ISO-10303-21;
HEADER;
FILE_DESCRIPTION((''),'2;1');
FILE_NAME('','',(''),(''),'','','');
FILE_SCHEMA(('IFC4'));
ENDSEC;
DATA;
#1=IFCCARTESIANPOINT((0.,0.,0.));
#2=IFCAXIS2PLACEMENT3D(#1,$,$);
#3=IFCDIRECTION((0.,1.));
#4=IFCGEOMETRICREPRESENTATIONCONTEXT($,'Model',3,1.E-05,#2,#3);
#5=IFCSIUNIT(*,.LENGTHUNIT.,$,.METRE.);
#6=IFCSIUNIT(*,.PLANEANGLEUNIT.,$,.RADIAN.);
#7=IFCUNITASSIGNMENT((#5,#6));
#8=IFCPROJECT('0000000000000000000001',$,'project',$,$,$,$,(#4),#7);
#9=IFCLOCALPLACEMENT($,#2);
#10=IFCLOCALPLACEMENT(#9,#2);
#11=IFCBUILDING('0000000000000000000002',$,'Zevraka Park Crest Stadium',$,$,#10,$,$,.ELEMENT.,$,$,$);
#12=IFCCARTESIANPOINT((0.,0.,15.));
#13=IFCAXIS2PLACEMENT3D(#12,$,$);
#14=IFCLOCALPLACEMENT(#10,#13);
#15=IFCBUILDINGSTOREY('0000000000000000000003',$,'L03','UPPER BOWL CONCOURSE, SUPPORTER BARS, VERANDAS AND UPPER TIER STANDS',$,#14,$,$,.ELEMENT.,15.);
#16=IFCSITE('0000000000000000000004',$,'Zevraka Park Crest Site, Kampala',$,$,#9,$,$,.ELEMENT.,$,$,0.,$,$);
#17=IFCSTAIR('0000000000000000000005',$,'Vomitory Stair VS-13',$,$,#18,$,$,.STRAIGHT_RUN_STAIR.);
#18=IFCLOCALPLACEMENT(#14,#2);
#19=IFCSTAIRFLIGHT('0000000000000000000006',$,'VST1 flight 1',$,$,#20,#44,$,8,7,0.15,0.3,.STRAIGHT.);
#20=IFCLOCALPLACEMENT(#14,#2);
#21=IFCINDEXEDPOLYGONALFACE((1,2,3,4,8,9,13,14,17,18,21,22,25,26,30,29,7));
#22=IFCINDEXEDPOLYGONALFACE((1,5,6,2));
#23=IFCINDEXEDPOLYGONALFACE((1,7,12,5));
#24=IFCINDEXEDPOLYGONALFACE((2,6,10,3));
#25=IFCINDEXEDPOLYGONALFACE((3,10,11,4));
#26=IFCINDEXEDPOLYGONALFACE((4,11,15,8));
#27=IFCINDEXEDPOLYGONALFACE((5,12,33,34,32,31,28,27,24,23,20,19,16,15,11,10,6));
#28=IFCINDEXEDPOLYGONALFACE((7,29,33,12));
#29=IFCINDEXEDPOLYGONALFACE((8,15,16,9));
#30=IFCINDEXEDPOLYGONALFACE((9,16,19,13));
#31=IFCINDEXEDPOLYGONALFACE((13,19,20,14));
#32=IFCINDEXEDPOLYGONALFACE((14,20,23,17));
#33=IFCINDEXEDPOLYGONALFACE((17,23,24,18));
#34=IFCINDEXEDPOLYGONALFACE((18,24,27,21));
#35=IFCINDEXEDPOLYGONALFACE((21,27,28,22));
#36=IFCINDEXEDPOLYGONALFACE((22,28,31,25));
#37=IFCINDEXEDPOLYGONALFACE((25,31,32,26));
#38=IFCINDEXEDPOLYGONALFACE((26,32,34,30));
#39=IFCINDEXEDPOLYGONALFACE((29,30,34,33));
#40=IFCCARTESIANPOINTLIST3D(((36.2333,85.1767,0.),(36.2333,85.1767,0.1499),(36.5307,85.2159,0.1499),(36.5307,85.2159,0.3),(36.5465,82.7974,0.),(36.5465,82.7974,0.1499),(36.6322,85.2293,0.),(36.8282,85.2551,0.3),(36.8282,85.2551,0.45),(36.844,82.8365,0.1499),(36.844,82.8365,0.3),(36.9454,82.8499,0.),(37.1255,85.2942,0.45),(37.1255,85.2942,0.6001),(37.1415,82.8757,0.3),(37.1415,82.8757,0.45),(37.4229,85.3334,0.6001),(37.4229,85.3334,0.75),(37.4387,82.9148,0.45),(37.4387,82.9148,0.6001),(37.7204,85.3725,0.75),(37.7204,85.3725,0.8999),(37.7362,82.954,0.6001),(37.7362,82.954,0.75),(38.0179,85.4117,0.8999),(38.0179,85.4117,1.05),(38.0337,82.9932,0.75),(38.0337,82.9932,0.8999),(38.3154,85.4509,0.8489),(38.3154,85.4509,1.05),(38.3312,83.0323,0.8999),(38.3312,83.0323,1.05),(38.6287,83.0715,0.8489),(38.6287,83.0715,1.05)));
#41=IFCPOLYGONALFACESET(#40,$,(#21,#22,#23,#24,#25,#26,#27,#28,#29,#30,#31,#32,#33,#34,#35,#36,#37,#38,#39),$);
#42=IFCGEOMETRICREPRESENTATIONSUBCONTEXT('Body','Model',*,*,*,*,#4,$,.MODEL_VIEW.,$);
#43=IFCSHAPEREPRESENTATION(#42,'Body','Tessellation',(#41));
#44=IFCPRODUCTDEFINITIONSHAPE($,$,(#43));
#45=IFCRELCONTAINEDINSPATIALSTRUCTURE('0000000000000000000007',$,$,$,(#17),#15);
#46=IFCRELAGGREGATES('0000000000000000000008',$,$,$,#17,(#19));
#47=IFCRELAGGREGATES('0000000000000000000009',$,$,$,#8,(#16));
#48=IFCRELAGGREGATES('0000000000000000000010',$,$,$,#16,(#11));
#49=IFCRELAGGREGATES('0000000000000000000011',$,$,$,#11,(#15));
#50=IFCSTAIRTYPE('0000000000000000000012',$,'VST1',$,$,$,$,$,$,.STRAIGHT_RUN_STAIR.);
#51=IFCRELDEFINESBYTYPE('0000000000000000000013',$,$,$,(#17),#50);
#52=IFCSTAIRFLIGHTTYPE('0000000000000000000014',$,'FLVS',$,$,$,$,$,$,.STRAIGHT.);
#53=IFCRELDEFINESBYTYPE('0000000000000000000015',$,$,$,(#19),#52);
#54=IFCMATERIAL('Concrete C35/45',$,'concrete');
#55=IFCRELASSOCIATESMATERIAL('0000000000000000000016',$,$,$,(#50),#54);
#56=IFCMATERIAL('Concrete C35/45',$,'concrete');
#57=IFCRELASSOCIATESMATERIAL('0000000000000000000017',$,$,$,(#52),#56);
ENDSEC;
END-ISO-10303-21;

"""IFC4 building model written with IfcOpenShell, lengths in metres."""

from ifc_helpers import new_model, si_unit, direction, frame, origin, place, context, subcontext, project, spatial, polyline, outline, extrude, material, type_object, element, aggregate, save


model = new_model("IFC4")

# Units and contexts
model_context = context("Model", 3, precision=1e-05, world=origin(), true_north=direction((0.0, 1.0)))
body_context = subcontext(model_context, "Body", "Model", "MODEL_VIEW")
ifc_project = project(units=[si_unit("LENGTHUNIT", "METRE"), si_unit("PLANEANGLEUNIT", "RADIAN")], contexts=[model_context])

# Site, building, storey
site_placement = place(None, origin())
site = spatial("IfcSite", under=ifc_project, at=site_placement, Name="Zevraka Park Crest Site, Kampala", CompositionType="ELEMENT", RefElevation=0.0)
building_placement = place(site_placement, origin())
building = spatial("IfcBuilding", under=site, at=building_placement, Name="Zevraka Park Crest Stadium", CompositionType="ELEMENT")
storey_placement = place(building_placement, frame((0.0, 0.0, 15.0)))
storey = spatial("IfcBuildingStorey", under=building, at=storey_placement, Name="L03", Description="UPPER BOWL CONCOURSE, SUPPORTER BARS, VERANDAS AND UPPER TIER STANDS", CompositionType="ELEMENT", Elevation=15.0)

# Stair, stair flight
ifc_material_1 = material(Name="Concrete C35/45", Category="concrete")
stair_type = type_object("IfcStairType", Name="VST1", PredefinedType="STRAIGHT_RUN_STAIR", material=ifc_material_1)
stair_placement = place(storey_placement, origin())
stair = element("IfcStair", 1, at=stair_placement, inside=storey, type_object=stair_type, Name="Vomitory Stair VS-13", PredefinedType="STRAIGHT_RUN_STAIR")
ifc_material_2 = material(Name="Concrete C35/45", Category="concrete")
stair_flight_type = type_object("IfcStairFlightType", Name="FLVS", PredefinedType="STRAIGHT", material=ifc_material_2)
stair_flight_placement = place(storey_placement, frame((36.3899, 83.9871, 0.0), z_axis=(0.0, 0.0, 1.0), x_axis=(0.991444, 0.130533, 0.0)))
stair_flight = element("IfcStairFlight", 2, at=stair_flight_placement, type_object=stair_flight_type, Name="VST1 flight 1", NumberOfRisers=8, NumberOfTreads=7, PredefinedType="STRAIGHT", RiserHeight=0.15, TreadLength=0.3, context=body_context, shape_type="SweptSolid", body=[
    extrude(outline(polyline([(0.0, 0.0), (0.0, 0.1499), (0.3, 0.1499), (0.3, 0.3), (0.6001, 0.3), (0.6001, 0.45), (0.8999, 0.45), (0.8999, 0.6001), (1.2, 0.6001), (1.2, 0.75), (1.5, 0.75), (1.5, 0.8999), (1.8, 0.8999), (1.8, 1.05), (2.1001, 1.05), (2.1001, 1.2), (2.1001, 0.8489), (0.4023, 0.0), (0.0, 0.0)])), frame((0.0, 1.2, 0.0), z_axis=(0.0, -1.0, 0.0), x_axis=(1.0, 0.0, 0.0)), (0.0, 0.0, 1.0), 2.3999),
])
aggregate(stair, [stair_flight])

save(model, "model.ifc")
